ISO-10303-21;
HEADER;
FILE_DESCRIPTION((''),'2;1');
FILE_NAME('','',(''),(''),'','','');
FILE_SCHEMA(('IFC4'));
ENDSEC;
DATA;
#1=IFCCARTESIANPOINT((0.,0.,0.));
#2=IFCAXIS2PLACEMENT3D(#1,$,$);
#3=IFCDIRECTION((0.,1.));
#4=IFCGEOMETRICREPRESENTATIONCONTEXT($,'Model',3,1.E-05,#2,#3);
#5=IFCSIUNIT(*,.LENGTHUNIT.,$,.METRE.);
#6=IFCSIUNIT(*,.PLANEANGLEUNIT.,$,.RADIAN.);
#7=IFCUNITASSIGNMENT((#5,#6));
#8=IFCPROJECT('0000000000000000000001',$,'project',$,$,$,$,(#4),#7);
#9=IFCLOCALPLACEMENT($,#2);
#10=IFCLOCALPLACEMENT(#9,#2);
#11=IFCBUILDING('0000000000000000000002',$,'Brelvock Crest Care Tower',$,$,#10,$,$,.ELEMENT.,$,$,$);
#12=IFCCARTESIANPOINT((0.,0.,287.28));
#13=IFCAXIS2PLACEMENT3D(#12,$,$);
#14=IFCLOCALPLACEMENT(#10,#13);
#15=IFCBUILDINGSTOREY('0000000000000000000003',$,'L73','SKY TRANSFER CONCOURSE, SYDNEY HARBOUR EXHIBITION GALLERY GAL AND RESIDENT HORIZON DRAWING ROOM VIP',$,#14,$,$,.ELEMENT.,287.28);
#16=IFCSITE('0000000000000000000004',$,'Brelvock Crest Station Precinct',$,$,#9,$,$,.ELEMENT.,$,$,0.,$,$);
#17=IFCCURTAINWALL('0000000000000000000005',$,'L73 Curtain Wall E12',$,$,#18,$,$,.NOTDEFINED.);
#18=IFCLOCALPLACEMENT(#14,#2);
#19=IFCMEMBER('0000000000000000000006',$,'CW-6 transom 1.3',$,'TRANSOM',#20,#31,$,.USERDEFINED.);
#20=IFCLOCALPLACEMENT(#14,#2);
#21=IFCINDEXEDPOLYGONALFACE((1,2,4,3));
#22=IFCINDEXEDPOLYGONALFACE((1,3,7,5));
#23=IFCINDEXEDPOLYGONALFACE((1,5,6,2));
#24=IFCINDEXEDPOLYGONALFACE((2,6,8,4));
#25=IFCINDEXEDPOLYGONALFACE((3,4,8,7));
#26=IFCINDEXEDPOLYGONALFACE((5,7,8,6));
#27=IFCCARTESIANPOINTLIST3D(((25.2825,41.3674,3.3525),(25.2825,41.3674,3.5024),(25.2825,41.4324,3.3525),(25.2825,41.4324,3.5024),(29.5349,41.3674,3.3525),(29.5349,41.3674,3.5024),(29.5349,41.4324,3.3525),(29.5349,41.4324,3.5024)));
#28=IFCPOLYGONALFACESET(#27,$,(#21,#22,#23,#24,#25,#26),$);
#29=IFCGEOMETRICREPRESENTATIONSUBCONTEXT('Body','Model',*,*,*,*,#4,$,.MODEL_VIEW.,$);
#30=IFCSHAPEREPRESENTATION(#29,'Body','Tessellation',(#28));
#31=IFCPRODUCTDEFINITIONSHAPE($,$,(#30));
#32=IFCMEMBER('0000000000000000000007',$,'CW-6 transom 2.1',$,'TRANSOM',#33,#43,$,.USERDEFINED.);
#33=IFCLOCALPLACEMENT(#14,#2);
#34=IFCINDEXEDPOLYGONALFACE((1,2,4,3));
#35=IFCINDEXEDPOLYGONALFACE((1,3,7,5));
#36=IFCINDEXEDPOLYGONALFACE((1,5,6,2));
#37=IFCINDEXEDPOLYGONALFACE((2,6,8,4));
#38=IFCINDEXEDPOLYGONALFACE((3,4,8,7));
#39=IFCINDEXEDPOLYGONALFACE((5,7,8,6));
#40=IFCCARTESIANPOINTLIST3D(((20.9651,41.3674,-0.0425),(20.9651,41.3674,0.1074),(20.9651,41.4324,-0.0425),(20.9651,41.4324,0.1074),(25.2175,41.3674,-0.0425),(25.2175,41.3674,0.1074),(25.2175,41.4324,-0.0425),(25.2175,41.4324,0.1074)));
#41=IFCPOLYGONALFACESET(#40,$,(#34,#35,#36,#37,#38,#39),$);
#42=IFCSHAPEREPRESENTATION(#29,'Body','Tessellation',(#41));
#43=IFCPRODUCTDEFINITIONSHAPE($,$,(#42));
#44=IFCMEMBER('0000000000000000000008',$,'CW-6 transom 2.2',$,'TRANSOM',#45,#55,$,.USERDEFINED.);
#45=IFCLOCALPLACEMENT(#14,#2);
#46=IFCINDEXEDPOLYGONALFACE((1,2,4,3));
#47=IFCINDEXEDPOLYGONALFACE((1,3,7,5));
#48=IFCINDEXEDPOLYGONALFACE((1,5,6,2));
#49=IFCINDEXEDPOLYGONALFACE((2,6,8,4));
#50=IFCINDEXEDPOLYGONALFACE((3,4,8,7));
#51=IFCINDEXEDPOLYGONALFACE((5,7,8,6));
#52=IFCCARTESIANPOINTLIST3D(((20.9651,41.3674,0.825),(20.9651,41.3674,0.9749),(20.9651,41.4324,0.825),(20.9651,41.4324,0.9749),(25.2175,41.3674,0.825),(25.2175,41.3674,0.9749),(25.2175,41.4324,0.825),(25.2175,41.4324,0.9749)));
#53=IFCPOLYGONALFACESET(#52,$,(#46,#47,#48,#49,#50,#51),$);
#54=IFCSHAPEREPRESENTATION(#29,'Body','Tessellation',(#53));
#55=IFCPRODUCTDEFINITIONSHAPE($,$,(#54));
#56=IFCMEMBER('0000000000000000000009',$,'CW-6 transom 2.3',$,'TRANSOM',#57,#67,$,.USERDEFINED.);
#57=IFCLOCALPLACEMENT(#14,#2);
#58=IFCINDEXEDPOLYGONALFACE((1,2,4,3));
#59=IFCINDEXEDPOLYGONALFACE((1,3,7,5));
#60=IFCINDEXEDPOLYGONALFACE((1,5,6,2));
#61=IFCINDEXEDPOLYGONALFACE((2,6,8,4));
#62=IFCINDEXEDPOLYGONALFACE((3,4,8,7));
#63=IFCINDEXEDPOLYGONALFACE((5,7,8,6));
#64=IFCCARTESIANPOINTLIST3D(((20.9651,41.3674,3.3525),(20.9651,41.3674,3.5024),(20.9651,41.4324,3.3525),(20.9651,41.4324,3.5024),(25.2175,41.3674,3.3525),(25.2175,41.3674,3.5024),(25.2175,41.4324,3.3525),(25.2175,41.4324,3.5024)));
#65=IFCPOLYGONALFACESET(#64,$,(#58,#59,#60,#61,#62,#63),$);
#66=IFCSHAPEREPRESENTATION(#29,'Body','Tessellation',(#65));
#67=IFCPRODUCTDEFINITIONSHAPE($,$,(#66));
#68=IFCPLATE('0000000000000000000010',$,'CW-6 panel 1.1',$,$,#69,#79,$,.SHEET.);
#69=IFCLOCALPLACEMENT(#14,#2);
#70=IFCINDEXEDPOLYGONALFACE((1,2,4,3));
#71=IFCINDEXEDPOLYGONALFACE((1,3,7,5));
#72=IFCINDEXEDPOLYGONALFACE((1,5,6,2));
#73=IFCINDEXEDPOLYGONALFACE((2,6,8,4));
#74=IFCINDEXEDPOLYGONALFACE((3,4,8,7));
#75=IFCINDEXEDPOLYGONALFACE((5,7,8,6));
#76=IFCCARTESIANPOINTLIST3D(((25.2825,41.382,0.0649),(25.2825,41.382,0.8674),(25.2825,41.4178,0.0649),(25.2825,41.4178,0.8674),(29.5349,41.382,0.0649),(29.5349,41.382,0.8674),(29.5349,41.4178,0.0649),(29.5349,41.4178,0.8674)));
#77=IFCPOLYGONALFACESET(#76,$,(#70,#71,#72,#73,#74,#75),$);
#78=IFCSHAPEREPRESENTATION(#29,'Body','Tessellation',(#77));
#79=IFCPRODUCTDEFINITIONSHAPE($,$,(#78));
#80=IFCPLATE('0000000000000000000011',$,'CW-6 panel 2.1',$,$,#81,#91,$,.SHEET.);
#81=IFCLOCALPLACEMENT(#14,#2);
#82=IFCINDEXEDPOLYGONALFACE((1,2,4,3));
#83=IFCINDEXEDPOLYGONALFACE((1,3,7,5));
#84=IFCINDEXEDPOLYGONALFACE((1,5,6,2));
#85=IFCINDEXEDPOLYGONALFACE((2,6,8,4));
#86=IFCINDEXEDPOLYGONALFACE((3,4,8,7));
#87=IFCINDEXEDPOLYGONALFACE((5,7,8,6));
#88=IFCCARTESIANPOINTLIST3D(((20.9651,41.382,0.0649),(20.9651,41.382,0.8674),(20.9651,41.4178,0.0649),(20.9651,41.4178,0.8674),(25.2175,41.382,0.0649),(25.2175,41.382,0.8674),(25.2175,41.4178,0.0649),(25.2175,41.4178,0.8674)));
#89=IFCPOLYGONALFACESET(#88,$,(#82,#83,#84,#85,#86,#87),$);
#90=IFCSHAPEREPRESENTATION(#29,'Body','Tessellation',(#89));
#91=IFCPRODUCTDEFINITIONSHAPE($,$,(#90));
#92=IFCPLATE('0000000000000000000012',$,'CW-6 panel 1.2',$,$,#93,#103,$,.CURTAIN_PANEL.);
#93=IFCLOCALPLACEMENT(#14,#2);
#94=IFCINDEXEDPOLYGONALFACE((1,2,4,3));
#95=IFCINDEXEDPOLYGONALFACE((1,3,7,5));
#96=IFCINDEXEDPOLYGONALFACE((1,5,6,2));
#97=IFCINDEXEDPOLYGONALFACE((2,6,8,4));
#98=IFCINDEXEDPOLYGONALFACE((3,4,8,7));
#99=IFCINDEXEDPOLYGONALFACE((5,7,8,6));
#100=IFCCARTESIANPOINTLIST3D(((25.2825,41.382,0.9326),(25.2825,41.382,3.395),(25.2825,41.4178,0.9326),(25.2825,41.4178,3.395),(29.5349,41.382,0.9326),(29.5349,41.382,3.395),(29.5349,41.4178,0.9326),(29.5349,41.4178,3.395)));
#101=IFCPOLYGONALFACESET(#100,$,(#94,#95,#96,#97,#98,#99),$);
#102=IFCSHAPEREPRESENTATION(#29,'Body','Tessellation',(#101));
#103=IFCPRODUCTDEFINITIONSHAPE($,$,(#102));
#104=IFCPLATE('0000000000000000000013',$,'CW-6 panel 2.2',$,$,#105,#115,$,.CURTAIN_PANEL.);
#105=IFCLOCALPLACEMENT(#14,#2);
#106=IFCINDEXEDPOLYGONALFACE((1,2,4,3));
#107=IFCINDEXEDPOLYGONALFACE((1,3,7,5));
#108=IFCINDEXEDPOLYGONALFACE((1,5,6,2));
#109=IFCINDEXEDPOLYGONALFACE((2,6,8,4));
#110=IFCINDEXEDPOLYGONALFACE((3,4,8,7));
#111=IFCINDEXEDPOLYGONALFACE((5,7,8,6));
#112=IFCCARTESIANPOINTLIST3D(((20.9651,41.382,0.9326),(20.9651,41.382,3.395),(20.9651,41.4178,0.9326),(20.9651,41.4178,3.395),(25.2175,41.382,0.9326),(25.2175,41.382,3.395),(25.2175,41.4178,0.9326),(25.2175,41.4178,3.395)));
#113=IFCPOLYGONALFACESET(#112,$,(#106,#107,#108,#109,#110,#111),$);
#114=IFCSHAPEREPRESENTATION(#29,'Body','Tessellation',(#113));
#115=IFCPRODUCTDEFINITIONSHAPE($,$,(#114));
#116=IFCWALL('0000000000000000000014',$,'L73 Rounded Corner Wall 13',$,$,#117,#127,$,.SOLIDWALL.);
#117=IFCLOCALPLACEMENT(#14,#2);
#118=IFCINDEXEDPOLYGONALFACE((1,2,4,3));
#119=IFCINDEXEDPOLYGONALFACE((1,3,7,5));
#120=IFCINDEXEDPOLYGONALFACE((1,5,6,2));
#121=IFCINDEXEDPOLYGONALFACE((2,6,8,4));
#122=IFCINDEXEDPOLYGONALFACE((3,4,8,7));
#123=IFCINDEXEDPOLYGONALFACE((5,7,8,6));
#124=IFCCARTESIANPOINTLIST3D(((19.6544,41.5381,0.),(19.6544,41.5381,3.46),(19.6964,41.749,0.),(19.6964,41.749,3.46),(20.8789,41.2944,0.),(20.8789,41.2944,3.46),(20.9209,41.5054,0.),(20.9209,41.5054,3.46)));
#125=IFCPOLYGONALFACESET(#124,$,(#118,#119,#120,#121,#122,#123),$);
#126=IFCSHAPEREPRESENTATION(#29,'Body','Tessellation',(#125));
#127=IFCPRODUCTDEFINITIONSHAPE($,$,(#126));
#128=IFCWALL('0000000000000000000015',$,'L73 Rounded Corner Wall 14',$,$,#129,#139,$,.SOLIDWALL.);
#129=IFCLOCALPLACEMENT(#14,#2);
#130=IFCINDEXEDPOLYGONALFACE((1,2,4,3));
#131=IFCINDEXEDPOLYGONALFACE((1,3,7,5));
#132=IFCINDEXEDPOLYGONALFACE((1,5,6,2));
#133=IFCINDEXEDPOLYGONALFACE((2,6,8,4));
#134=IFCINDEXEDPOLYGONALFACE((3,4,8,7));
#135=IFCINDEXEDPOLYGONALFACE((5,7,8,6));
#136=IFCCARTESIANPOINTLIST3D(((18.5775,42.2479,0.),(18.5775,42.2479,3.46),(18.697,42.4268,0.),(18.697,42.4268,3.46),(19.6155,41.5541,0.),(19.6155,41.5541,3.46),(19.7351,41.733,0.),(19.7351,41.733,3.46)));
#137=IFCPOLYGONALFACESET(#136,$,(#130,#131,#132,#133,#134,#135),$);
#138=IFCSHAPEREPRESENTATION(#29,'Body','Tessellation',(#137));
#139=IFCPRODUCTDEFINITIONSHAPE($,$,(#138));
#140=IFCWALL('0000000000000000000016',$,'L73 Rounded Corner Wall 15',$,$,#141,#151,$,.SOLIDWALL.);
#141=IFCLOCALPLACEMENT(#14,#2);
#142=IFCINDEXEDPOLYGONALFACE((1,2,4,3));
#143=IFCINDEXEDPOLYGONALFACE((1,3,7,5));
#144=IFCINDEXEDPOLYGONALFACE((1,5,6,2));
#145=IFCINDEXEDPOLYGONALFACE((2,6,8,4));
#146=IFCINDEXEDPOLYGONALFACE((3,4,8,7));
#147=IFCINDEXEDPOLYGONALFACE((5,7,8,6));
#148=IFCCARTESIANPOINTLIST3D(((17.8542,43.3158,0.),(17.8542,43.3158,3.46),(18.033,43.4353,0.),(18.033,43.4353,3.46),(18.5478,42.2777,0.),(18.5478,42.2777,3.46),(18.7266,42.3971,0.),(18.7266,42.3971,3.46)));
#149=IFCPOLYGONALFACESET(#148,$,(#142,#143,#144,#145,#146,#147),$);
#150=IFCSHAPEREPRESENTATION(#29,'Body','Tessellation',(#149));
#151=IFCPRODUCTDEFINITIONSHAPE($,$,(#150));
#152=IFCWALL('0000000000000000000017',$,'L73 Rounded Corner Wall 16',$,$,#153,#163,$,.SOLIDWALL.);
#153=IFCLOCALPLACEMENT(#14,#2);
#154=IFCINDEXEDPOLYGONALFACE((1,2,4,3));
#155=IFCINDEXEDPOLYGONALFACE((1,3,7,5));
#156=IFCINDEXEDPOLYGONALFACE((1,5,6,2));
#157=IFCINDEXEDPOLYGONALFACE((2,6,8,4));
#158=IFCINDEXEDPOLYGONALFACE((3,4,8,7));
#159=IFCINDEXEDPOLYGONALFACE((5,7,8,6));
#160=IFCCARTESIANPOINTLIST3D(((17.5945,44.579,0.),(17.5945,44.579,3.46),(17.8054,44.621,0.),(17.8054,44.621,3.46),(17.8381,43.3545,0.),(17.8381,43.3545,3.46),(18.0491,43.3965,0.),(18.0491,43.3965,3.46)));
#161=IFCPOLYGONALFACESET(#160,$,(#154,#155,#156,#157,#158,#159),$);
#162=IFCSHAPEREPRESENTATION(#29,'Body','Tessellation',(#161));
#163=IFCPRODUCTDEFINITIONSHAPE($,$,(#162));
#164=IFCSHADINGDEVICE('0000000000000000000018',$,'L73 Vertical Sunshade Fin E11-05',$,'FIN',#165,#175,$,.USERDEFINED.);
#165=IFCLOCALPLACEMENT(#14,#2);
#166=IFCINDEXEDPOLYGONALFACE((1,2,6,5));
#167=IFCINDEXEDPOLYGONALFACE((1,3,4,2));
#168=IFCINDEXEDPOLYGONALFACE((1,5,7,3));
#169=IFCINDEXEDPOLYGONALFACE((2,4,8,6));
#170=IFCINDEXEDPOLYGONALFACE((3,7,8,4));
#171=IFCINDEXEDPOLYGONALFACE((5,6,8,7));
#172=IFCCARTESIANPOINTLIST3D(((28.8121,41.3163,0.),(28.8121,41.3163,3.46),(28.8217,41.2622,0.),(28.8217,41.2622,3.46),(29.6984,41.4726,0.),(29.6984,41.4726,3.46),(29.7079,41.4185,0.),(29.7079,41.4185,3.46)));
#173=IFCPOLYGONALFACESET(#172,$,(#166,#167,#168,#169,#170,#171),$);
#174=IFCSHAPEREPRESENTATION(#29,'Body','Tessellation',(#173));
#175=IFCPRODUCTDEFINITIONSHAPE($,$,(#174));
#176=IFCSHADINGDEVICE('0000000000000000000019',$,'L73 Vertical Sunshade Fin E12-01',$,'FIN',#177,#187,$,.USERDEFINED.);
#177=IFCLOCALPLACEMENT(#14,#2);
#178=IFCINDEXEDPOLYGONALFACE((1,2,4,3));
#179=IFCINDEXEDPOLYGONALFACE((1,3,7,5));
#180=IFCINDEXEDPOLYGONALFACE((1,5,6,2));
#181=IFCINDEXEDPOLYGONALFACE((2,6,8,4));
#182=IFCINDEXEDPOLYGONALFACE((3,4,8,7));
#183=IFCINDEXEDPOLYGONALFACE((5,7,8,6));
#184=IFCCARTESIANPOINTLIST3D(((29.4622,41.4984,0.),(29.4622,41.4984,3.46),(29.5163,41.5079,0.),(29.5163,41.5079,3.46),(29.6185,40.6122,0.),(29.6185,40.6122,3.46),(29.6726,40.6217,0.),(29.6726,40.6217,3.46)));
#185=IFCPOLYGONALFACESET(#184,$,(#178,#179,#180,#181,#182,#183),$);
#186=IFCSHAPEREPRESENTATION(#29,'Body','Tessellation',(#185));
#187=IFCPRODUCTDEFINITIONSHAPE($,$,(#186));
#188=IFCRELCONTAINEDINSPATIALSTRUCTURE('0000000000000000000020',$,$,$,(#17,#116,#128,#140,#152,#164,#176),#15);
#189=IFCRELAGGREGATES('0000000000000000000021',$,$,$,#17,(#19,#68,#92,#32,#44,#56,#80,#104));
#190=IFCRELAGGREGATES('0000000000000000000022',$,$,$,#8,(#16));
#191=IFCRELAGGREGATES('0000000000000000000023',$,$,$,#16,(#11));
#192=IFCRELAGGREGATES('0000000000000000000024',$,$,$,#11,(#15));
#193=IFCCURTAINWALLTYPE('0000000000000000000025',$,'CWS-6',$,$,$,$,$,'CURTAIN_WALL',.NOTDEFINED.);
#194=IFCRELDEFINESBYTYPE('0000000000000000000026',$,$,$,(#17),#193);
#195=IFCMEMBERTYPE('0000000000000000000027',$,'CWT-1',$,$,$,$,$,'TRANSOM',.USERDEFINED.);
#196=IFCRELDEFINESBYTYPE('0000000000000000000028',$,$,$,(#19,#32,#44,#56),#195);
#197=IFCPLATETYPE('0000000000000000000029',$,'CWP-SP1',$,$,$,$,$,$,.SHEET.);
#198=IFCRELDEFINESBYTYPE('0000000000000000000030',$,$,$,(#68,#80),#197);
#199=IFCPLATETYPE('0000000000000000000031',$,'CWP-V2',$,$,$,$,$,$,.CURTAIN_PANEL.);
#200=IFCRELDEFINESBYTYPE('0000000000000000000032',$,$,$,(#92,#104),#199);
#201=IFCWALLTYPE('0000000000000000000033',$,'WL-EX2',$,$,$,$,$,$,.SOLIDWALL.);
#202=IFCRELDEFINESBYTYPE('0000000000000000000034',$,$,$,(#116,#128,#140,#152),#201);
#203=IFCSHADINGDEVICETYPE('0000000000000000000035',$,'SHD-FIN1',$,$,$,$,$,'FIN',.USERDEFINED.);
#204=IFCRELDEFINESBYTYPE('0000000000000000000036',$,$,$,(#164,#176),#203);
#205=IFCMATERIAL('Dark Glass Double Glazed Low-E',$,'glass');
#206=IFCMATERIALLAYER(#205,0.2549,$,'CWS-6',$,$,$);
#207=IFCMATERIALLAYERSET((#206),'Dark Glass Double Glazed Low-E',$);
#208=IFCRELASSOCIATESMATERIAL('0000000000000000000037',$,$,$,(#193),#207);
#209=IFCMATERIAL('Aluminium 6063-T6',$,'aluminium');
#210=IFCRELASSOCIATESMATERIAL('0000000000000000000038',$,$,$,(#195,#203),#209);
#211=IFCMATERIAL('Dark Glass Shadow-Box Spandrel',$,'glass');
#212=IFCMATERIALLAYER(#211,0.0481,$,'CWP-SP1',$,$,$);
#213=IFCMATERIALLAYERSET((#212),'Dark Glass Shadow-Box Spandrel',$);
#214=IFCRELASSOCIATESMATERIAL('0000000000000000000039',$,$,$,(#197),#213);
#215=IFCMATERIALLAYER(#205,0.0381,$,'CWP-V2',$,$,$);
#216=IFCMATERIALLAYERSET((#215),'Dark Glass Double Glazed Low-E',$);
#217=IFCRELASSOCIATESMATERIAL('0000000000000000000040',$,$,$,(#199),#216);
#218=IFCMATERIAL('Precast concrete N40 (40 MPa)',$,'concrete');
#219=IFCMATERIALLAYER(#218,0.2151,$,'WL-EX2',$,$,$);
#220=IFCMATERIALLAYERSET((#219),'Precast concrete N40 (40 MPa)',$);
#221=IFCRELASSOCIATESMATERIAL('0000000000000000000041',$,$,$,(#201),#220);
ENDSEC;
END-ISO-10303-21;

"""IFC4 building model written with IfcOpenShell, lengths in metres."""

from ifc_helpers import new_model, si_unit, direction, frame, frame_2d, origin, origin_2d, place, context, subcontext, project, spatial, rectangle, extrude, source, transform, mapped, material, layer, layer_set, material_profile, profile_set, type_object, element, aggregate, save


model = new_model("IFC4")

# Units and contexts
model_context = context("Model", 3, precision=1e-05, world=origin(), true_north=direction((0.0, 1.0)))
body_context = subcontext(model_context, "Body", "Model", "MODEL_VIEW")
ifc_project = project(units=[si_unit("LENGTHUNIT", "METRE"), si_unit("PLANEANGLEUNIT", "RADIAN")], contexts=[model_context])

# Site, building, storey
site_placement = place(None, origin())
site = spatial("IfcSite", under=ifc_project, at=site_placement, Name="Brelvock Crest Station Precinct", CompositionType="ELEMENT", RefElevation=0.0)
building_placement = place(site_placement, origin())
building = spatial("IfcBuilding", under=site, at=building_placement, Name="Brelvock Crest Care Tower", CompositionType="ELEMENT")
storey_placement = place(building_placement, frame((0.0, 0.0, 287.28)))
storey = spatial("IfcBuildingStorey", under=building, at=storey_placement, Name="L73", Description="SKY TRANSFER CONCOURSE, SYDNEY HARBOUR EXHIBITION GALLERY GAL AND RESIDENT HORIZON DRAWING ROOM VIP", CompositionType="ELEMENT", Elevation=287.28)

# Shared definitions
ifc_material_1 = material(Name="Dark Glass Double Glazed Low-E", Category="glass")
ifc_layer_1 = layer(ifc_material_1, 0.2549, Name="CWS-6")
ifc_layer_set_1 = layer_set([ifc_layer_1], Name="Dark Glass Double Glazed Low-E")
curtain_wall_type = type_object("IfcCurtainWallType", Name="CWS-6", ElementType="CURTAIN_WALL", PredefinedType="NOTDEFINED", material=ifc_layer_set_1)
ifc_material_2 = material(Name="Aluminium 6063-T6", Category="aluminium")

# Curtain wall, members, plates
curtain_wall_1_placement = place(storey_placement, origin())
curtain_wall_1 = element("IfcCurtainWall", 1, at=curtain_wall_1_placement, inside=storey, type_object=curtain_wall_type, Name="L73 Curtain Wall E12", PredefinedType="NOTDEFINED")
ifc_material_profile_1 = material_profile(ifc_material_2, rectangle(XDim=0.0649, YDim=0.1499, at=origin_2d()), Name="ALU65x150")
ifc_profile_set_1 = profile_set([ifc_material_profile_1], Name="Aluminium 6063-T6")
member_type_1 = type_object("IfcMemberType", Name="CWT-1", ElementType="TRANSOM", PredefinedType="USERDEFINED", material=ifc_profile_set_1)
shared_shape_1 = source(origin(), body_context, "Body", "SweptSolid", [
    extrude(rectangle(XDim=0.0649, YDim=0.1499, at=origin_2d()), origin(), (0.0, 0.0, 1.0), 4.2524),
])
member_1_placement = place(storey_placement, frame((29.5349, 41.3999, 3.4275), z_axis=(-1.0, 0.0, 0.0), x_axis=(0.0, -1.0, 0.0)))
member_1 = element("IfcMember", 2, at=member_1_placement, type_object=member_type_1, Name="CW-6 transom 1.3", ObjectType="TRANSOM", PredefinedType="USERDEFINED", context=body_context, shape_type="MappedRepresentation", body=[
    mapped(shared_shape_1, transform((0.0, 0.0, 0.0), x_axis=(1.0, 0.0, 0.0), y_axis=(0.0, 1.0, 0.0), z_axis=(0.0, 0.0, 1.0), scale=1.0)),
])
member_2_placement = place(storey_placement, frame((25.2175, 41.3999, 0.0325), z_axis=(-1.0, 0.0, 0.0), x_axis=(0.0, -1.0, 0.0)))
member_2 = element("IfcMember", 3, at=member_2_placement, type_object=member_type_1, Name="CW-6 transom 2.1", ObjectType="TRANSOM", PredefinedType="USERDEFINED", context=body_context, shape_type="MappedRepresentation", body=[
    mapped(shared_shape_1, transform((0.0, 0.0, 0.0), x_axis=(1.0, 0.0, 0.0), y_axis=(0.0, 1.0, 0.0), z_axis=(0.0, 0.0, 1.0), scale=1.0)),
])
member_3_placement = place(storey_placement, frame((25.2175, 41.3999, 0.8999), z_axis=(-1.0, 0.0, 0.0), x_axis=(0.0, -1.0, 0.0)))
member_3 = element("IfcMember", 4, at=member_3_placement, type_object=member_type_1, Name="CW-6 transom 2.2", ObjectType="TRANSOM", PredefinedType="USERDEFINED", context=body_context, shape_type="MappedRepresentation", body=[
    mapped(shared_shape_1, transform((0.0, 0.0, 0.0), x_axis=(1.0, 0.0, 0.0), y_axis=(0.0, 1.0, 0.0), z_axis=(0.0, 0.0, 1.0), scale=1.0)),
])
member_4_placement = place(storey_placement, frame((25.2175, 41.3999, 3.4275), z_axis=(-1.0, 0.0, 0.0), x_axis=(0.0, -1.0, 0.0)))
member_4 = element("IfcMember", 5, at=member_4_placement, type_object=member_type_1, Name="CW-6 transom 2.3", ObjectType="TRANSOM", PredefinedType="USERDEFINED", context=body_context, shape_type="MappedRepresentation", body=[
    mapped(shared_shape_1, transform((0.0, 0.0, 0.0), x_axis=(1.0, 0.0, 0.0), y_axis=(0.0, 1.0, 0.0), z_axis=(0.0, 0.0, 1.0), scale=1.0)),
])
ifc_material_3 = material(Name="Dark Glass Shadow-Box Spandrel", Category="glass")
ifc_layer_2 = layer(ifc_material_3, 0.0481, Name="CWP-SP1")
ifc_layer_set_2 = layer_set([ifc_layer_2], Name="Dark Glass Shadow-Box Spandrel")
plate_type_1 = type_object("IfcPlateType", Name="CWP-SP1", PredefinedType="SHEET", material=ifc_layer_set_2)
shared_shape_2 = source(origin(), body_context, "Body", "SweptSolid", [
    extrude(rectangle(XDim=4.2524, YDim=0.0359, at=origin_2d()), origin(), (0.0, 0.0, 1.0), 0.8025),
])
plate_1_placement = place(storey_placement, frame((27.4087, 41.3999, 0.0649), z_axis=(0.0, 0.0, 1.0), x_axis=(-1.0, 0.0, 0.0)))
plate_1 = element("IfcPlate", 6, at=plate_1_placement, type_object=plate_type_1, Name="CW-6 panel 1.1", PredefinedType="SHEET", context=body_context, shape_type="MappedRepresentation", body=[
    mapped(shared_shape_2, transform((0.0, 0.0, 0.0), x_axis=(1.0, 0.0, 0.0), y_axis=(0.0, 1.0, 0.0), z_axis=(0.0, 0.0, 1.0), scale=1.0)),
])
plate_2_placement = place(storey_placement, frame((23.0913, 41.3999, 0.0649), z_axis=(0.0, 0.0, 1.0), x_axis=(-1.0, 0.0, 0.0)))
plate_2 = element("IfcPlate", 7, at=plate_2_placement, type_object=plate_type_1, Name="CW-6 panel 2.1", PredefinedType="SHEET", context=body_context, shape_type="MappedRepresentation", body=[
    mapped(shared_shape_2, transform((0.0, 0.0, 0.0), x_axis=(1.0, 0.0, 0.0), y_axis=(0.0, 1.0, 0.0), z_axis=(0.0, 0.0, 1.0), scale=1.0)),
])
ifc_layer_3 = layer(ifc_material_1, 0.0381, Name="CWP-V2")
ifc_layer_set_3 = layer_set([ifc_layer_3], Name="Dark Glass Double Glazed Low-E")
plate_type_2 = type_object("IfcPlateType", Name="CWP-V2", PredefinedType="CURTAIN_PANEL", material=ifc_layer_set_3)
shared_shape_3 = source(origin(), body_context, "Body", "SweptSolid", [
    extrude(rectangle(XDim=4.2524, YDim=0.0359, at=origin_2d()), origin(), (0.0, 0.0, 1.0), 2.4624),
])
plate_3_placement = place(storey_placement, frame((27.4087, 41.3999, 0.9326), z_axis=(0.0, 0.0, 1.0), x_axis=(-1.0, 0.0, 0.0)))
plate_3 = element("IfcPlate", 8, at=plate_3_placement, type_object=plate_type_2, Name="CW-6 panel 1.2", PredefinedType="CURTAIN_PANEL", context=body_context, shape_type="MappedRepresentation", body=[
    mapped(shared_shape_3, transform((0.0, 0.0, 0.0), x_axis=(1.0, 0.0, 0.0), y_axis=(0.0, 1.0, 0.0), z_axis=(0.0, 0.0, 1.0), scale=1.0)),
])
plate_4_placement = place(storey_placement, frame((23.0913, 41.3999, 0.9326), z_axis=(0.0, 0.0, 1.0), x_axis=(-1.0, 0.0, 0.0)))
plate_4 = element("IfcPlate", 9, at=plate_4_placement, type_object=plate_type_2, Name="CW-6 panel 2.2", PredefinedType="CURTAIN_PANEL", context=body_context, shape_type="MappedRepresentation", body=[
    mapped(shared_shape_3, transform((0.0, 0.0, 0.0), x_axis=(1.0, 0.0, 0.0), y_axis=(0.0, 1.0, 0.0), z_axis=(0.0, 0.0, 1.0), scale=1.0)),
])
aggregate(curtain_wall_1, [member_1, plate_1, plate_3, member_2, member_3, member_4, plate_2, plate_4])

# Walls
ifc_material_4 = material(Name="Precast concrete N40 (40 MPa)", Category="concrete")
ifc_layer_4 = layer(ifc_material_4, 0.2151, Name="WL-EX2")
ifc_layer_set_4 = layer_set([ifc_layer_4], Name="Precast concrete N40 (40 MPa)")
wall_type = type_object("IfcWallType", Name="WL-EX2", PredefinedType="SOLIDWALL", material=ifc_layer_set_4)
for number, where, z_axis, x_axis, name in (
    (10, (20.8999, 41.3999, 0.0), (0.0, 0.0, 1.0), (-0.980776, 0.195138, 0.0), "L73 Rounded Corner Wall 13"),
    (11, (19.6753, 41.6436, 0.0), (0.0, 0.0, 1.0), (-0.831388, 0.555692, 0.0), "L73 Rounded Corner Wall 14"),
    (12, (18.6372, 42.3374, 0.0), (0.0, 0.0, 1.0), (-0.555557, 0.831478, 0.0), "L73 Rounded Corner Wall 15"),
    (13, (17.9436, 43.3755, 0.0), (0.0, 0.0, 1.0), (-0.195138, 0.980776, 0.0), "L73 Rounded Corner Wall 16"),
):
    element("IfcWall", number, at=place(storey_placement, frame(where, z_axis=z_axis, x_axis=x_axis)), inside=storey, type_object=wall_type, Name=name, PredefinedType="SOLIDWALL", context=body_context, shape_type="SweptSolid", body=[
        extrude(rectangle(XDim=1.2485, YDim=0.2151, at=frame_2d((0.6243, 0.0))), origin(), (0.0, 0.0, 1.0), 3.46),
    ])

# Shading devices
ifc_material_profile_2 = material_profile(ifc_material_2, rectangle(XDim=0.0549, YDim=0.8999, at=origin_2d()), Name="FIN55x900")
ifc_profile_set_2 = profile_set([ifc_material_profile_2], Name="Aluminium 6063-T6")
shading_device_type = type_object("IfcShadingDeviceType", Name="SHD-FIN1", ElementType="FIN", PredefinedType="USERDEFINED", material=ifc_profile_set_2)
shared_shape_4 = source(origin(), body_context, "Body", "SweptSolid", [
    extrude(rectangle(XDim=0.0549, YDim=0.8999, at=origin_2d()), origin(), (0.0, 0.0, 1.0), 3.46),
])
for number, where, z_axis, x_axis, name in (
    (14, (29.26, 41.3674, 0.0), (0.0, 0.0, 1.0), (-0.173648, 0.984808, 0.0), "L73 Vertical Sunshade Fin E11-05"),
    (15, (29.5674, 41.0601, 0.0), (0.0, 0.0, 1.0), (-0.984808, -0.173648, 0.0), "L73 Vertical Sunshade Fin E12-01"),
):
    element("IfcShadingDevice", number, at=place(storey_placement, frame(where, z_axis=z_axis, x_axis=x_axis)), inside=storey, type_object=shading_device_type, Name=name, ObjectType="FIN", PredefinedType="USERDEFINED", context=body_context, shape_type="MappedRepresentation", body=[
        mapped(shared_shape_4, transform((0.0, 0.0, 0.0), x_axis=(1.0, 0.0, 0.0), y_axis=(0.0, 1.0, 0.0), z_axis=(0.0, 0.0, 1.0), scale=1.0)),
    ])

save(model, "model.ifc")
